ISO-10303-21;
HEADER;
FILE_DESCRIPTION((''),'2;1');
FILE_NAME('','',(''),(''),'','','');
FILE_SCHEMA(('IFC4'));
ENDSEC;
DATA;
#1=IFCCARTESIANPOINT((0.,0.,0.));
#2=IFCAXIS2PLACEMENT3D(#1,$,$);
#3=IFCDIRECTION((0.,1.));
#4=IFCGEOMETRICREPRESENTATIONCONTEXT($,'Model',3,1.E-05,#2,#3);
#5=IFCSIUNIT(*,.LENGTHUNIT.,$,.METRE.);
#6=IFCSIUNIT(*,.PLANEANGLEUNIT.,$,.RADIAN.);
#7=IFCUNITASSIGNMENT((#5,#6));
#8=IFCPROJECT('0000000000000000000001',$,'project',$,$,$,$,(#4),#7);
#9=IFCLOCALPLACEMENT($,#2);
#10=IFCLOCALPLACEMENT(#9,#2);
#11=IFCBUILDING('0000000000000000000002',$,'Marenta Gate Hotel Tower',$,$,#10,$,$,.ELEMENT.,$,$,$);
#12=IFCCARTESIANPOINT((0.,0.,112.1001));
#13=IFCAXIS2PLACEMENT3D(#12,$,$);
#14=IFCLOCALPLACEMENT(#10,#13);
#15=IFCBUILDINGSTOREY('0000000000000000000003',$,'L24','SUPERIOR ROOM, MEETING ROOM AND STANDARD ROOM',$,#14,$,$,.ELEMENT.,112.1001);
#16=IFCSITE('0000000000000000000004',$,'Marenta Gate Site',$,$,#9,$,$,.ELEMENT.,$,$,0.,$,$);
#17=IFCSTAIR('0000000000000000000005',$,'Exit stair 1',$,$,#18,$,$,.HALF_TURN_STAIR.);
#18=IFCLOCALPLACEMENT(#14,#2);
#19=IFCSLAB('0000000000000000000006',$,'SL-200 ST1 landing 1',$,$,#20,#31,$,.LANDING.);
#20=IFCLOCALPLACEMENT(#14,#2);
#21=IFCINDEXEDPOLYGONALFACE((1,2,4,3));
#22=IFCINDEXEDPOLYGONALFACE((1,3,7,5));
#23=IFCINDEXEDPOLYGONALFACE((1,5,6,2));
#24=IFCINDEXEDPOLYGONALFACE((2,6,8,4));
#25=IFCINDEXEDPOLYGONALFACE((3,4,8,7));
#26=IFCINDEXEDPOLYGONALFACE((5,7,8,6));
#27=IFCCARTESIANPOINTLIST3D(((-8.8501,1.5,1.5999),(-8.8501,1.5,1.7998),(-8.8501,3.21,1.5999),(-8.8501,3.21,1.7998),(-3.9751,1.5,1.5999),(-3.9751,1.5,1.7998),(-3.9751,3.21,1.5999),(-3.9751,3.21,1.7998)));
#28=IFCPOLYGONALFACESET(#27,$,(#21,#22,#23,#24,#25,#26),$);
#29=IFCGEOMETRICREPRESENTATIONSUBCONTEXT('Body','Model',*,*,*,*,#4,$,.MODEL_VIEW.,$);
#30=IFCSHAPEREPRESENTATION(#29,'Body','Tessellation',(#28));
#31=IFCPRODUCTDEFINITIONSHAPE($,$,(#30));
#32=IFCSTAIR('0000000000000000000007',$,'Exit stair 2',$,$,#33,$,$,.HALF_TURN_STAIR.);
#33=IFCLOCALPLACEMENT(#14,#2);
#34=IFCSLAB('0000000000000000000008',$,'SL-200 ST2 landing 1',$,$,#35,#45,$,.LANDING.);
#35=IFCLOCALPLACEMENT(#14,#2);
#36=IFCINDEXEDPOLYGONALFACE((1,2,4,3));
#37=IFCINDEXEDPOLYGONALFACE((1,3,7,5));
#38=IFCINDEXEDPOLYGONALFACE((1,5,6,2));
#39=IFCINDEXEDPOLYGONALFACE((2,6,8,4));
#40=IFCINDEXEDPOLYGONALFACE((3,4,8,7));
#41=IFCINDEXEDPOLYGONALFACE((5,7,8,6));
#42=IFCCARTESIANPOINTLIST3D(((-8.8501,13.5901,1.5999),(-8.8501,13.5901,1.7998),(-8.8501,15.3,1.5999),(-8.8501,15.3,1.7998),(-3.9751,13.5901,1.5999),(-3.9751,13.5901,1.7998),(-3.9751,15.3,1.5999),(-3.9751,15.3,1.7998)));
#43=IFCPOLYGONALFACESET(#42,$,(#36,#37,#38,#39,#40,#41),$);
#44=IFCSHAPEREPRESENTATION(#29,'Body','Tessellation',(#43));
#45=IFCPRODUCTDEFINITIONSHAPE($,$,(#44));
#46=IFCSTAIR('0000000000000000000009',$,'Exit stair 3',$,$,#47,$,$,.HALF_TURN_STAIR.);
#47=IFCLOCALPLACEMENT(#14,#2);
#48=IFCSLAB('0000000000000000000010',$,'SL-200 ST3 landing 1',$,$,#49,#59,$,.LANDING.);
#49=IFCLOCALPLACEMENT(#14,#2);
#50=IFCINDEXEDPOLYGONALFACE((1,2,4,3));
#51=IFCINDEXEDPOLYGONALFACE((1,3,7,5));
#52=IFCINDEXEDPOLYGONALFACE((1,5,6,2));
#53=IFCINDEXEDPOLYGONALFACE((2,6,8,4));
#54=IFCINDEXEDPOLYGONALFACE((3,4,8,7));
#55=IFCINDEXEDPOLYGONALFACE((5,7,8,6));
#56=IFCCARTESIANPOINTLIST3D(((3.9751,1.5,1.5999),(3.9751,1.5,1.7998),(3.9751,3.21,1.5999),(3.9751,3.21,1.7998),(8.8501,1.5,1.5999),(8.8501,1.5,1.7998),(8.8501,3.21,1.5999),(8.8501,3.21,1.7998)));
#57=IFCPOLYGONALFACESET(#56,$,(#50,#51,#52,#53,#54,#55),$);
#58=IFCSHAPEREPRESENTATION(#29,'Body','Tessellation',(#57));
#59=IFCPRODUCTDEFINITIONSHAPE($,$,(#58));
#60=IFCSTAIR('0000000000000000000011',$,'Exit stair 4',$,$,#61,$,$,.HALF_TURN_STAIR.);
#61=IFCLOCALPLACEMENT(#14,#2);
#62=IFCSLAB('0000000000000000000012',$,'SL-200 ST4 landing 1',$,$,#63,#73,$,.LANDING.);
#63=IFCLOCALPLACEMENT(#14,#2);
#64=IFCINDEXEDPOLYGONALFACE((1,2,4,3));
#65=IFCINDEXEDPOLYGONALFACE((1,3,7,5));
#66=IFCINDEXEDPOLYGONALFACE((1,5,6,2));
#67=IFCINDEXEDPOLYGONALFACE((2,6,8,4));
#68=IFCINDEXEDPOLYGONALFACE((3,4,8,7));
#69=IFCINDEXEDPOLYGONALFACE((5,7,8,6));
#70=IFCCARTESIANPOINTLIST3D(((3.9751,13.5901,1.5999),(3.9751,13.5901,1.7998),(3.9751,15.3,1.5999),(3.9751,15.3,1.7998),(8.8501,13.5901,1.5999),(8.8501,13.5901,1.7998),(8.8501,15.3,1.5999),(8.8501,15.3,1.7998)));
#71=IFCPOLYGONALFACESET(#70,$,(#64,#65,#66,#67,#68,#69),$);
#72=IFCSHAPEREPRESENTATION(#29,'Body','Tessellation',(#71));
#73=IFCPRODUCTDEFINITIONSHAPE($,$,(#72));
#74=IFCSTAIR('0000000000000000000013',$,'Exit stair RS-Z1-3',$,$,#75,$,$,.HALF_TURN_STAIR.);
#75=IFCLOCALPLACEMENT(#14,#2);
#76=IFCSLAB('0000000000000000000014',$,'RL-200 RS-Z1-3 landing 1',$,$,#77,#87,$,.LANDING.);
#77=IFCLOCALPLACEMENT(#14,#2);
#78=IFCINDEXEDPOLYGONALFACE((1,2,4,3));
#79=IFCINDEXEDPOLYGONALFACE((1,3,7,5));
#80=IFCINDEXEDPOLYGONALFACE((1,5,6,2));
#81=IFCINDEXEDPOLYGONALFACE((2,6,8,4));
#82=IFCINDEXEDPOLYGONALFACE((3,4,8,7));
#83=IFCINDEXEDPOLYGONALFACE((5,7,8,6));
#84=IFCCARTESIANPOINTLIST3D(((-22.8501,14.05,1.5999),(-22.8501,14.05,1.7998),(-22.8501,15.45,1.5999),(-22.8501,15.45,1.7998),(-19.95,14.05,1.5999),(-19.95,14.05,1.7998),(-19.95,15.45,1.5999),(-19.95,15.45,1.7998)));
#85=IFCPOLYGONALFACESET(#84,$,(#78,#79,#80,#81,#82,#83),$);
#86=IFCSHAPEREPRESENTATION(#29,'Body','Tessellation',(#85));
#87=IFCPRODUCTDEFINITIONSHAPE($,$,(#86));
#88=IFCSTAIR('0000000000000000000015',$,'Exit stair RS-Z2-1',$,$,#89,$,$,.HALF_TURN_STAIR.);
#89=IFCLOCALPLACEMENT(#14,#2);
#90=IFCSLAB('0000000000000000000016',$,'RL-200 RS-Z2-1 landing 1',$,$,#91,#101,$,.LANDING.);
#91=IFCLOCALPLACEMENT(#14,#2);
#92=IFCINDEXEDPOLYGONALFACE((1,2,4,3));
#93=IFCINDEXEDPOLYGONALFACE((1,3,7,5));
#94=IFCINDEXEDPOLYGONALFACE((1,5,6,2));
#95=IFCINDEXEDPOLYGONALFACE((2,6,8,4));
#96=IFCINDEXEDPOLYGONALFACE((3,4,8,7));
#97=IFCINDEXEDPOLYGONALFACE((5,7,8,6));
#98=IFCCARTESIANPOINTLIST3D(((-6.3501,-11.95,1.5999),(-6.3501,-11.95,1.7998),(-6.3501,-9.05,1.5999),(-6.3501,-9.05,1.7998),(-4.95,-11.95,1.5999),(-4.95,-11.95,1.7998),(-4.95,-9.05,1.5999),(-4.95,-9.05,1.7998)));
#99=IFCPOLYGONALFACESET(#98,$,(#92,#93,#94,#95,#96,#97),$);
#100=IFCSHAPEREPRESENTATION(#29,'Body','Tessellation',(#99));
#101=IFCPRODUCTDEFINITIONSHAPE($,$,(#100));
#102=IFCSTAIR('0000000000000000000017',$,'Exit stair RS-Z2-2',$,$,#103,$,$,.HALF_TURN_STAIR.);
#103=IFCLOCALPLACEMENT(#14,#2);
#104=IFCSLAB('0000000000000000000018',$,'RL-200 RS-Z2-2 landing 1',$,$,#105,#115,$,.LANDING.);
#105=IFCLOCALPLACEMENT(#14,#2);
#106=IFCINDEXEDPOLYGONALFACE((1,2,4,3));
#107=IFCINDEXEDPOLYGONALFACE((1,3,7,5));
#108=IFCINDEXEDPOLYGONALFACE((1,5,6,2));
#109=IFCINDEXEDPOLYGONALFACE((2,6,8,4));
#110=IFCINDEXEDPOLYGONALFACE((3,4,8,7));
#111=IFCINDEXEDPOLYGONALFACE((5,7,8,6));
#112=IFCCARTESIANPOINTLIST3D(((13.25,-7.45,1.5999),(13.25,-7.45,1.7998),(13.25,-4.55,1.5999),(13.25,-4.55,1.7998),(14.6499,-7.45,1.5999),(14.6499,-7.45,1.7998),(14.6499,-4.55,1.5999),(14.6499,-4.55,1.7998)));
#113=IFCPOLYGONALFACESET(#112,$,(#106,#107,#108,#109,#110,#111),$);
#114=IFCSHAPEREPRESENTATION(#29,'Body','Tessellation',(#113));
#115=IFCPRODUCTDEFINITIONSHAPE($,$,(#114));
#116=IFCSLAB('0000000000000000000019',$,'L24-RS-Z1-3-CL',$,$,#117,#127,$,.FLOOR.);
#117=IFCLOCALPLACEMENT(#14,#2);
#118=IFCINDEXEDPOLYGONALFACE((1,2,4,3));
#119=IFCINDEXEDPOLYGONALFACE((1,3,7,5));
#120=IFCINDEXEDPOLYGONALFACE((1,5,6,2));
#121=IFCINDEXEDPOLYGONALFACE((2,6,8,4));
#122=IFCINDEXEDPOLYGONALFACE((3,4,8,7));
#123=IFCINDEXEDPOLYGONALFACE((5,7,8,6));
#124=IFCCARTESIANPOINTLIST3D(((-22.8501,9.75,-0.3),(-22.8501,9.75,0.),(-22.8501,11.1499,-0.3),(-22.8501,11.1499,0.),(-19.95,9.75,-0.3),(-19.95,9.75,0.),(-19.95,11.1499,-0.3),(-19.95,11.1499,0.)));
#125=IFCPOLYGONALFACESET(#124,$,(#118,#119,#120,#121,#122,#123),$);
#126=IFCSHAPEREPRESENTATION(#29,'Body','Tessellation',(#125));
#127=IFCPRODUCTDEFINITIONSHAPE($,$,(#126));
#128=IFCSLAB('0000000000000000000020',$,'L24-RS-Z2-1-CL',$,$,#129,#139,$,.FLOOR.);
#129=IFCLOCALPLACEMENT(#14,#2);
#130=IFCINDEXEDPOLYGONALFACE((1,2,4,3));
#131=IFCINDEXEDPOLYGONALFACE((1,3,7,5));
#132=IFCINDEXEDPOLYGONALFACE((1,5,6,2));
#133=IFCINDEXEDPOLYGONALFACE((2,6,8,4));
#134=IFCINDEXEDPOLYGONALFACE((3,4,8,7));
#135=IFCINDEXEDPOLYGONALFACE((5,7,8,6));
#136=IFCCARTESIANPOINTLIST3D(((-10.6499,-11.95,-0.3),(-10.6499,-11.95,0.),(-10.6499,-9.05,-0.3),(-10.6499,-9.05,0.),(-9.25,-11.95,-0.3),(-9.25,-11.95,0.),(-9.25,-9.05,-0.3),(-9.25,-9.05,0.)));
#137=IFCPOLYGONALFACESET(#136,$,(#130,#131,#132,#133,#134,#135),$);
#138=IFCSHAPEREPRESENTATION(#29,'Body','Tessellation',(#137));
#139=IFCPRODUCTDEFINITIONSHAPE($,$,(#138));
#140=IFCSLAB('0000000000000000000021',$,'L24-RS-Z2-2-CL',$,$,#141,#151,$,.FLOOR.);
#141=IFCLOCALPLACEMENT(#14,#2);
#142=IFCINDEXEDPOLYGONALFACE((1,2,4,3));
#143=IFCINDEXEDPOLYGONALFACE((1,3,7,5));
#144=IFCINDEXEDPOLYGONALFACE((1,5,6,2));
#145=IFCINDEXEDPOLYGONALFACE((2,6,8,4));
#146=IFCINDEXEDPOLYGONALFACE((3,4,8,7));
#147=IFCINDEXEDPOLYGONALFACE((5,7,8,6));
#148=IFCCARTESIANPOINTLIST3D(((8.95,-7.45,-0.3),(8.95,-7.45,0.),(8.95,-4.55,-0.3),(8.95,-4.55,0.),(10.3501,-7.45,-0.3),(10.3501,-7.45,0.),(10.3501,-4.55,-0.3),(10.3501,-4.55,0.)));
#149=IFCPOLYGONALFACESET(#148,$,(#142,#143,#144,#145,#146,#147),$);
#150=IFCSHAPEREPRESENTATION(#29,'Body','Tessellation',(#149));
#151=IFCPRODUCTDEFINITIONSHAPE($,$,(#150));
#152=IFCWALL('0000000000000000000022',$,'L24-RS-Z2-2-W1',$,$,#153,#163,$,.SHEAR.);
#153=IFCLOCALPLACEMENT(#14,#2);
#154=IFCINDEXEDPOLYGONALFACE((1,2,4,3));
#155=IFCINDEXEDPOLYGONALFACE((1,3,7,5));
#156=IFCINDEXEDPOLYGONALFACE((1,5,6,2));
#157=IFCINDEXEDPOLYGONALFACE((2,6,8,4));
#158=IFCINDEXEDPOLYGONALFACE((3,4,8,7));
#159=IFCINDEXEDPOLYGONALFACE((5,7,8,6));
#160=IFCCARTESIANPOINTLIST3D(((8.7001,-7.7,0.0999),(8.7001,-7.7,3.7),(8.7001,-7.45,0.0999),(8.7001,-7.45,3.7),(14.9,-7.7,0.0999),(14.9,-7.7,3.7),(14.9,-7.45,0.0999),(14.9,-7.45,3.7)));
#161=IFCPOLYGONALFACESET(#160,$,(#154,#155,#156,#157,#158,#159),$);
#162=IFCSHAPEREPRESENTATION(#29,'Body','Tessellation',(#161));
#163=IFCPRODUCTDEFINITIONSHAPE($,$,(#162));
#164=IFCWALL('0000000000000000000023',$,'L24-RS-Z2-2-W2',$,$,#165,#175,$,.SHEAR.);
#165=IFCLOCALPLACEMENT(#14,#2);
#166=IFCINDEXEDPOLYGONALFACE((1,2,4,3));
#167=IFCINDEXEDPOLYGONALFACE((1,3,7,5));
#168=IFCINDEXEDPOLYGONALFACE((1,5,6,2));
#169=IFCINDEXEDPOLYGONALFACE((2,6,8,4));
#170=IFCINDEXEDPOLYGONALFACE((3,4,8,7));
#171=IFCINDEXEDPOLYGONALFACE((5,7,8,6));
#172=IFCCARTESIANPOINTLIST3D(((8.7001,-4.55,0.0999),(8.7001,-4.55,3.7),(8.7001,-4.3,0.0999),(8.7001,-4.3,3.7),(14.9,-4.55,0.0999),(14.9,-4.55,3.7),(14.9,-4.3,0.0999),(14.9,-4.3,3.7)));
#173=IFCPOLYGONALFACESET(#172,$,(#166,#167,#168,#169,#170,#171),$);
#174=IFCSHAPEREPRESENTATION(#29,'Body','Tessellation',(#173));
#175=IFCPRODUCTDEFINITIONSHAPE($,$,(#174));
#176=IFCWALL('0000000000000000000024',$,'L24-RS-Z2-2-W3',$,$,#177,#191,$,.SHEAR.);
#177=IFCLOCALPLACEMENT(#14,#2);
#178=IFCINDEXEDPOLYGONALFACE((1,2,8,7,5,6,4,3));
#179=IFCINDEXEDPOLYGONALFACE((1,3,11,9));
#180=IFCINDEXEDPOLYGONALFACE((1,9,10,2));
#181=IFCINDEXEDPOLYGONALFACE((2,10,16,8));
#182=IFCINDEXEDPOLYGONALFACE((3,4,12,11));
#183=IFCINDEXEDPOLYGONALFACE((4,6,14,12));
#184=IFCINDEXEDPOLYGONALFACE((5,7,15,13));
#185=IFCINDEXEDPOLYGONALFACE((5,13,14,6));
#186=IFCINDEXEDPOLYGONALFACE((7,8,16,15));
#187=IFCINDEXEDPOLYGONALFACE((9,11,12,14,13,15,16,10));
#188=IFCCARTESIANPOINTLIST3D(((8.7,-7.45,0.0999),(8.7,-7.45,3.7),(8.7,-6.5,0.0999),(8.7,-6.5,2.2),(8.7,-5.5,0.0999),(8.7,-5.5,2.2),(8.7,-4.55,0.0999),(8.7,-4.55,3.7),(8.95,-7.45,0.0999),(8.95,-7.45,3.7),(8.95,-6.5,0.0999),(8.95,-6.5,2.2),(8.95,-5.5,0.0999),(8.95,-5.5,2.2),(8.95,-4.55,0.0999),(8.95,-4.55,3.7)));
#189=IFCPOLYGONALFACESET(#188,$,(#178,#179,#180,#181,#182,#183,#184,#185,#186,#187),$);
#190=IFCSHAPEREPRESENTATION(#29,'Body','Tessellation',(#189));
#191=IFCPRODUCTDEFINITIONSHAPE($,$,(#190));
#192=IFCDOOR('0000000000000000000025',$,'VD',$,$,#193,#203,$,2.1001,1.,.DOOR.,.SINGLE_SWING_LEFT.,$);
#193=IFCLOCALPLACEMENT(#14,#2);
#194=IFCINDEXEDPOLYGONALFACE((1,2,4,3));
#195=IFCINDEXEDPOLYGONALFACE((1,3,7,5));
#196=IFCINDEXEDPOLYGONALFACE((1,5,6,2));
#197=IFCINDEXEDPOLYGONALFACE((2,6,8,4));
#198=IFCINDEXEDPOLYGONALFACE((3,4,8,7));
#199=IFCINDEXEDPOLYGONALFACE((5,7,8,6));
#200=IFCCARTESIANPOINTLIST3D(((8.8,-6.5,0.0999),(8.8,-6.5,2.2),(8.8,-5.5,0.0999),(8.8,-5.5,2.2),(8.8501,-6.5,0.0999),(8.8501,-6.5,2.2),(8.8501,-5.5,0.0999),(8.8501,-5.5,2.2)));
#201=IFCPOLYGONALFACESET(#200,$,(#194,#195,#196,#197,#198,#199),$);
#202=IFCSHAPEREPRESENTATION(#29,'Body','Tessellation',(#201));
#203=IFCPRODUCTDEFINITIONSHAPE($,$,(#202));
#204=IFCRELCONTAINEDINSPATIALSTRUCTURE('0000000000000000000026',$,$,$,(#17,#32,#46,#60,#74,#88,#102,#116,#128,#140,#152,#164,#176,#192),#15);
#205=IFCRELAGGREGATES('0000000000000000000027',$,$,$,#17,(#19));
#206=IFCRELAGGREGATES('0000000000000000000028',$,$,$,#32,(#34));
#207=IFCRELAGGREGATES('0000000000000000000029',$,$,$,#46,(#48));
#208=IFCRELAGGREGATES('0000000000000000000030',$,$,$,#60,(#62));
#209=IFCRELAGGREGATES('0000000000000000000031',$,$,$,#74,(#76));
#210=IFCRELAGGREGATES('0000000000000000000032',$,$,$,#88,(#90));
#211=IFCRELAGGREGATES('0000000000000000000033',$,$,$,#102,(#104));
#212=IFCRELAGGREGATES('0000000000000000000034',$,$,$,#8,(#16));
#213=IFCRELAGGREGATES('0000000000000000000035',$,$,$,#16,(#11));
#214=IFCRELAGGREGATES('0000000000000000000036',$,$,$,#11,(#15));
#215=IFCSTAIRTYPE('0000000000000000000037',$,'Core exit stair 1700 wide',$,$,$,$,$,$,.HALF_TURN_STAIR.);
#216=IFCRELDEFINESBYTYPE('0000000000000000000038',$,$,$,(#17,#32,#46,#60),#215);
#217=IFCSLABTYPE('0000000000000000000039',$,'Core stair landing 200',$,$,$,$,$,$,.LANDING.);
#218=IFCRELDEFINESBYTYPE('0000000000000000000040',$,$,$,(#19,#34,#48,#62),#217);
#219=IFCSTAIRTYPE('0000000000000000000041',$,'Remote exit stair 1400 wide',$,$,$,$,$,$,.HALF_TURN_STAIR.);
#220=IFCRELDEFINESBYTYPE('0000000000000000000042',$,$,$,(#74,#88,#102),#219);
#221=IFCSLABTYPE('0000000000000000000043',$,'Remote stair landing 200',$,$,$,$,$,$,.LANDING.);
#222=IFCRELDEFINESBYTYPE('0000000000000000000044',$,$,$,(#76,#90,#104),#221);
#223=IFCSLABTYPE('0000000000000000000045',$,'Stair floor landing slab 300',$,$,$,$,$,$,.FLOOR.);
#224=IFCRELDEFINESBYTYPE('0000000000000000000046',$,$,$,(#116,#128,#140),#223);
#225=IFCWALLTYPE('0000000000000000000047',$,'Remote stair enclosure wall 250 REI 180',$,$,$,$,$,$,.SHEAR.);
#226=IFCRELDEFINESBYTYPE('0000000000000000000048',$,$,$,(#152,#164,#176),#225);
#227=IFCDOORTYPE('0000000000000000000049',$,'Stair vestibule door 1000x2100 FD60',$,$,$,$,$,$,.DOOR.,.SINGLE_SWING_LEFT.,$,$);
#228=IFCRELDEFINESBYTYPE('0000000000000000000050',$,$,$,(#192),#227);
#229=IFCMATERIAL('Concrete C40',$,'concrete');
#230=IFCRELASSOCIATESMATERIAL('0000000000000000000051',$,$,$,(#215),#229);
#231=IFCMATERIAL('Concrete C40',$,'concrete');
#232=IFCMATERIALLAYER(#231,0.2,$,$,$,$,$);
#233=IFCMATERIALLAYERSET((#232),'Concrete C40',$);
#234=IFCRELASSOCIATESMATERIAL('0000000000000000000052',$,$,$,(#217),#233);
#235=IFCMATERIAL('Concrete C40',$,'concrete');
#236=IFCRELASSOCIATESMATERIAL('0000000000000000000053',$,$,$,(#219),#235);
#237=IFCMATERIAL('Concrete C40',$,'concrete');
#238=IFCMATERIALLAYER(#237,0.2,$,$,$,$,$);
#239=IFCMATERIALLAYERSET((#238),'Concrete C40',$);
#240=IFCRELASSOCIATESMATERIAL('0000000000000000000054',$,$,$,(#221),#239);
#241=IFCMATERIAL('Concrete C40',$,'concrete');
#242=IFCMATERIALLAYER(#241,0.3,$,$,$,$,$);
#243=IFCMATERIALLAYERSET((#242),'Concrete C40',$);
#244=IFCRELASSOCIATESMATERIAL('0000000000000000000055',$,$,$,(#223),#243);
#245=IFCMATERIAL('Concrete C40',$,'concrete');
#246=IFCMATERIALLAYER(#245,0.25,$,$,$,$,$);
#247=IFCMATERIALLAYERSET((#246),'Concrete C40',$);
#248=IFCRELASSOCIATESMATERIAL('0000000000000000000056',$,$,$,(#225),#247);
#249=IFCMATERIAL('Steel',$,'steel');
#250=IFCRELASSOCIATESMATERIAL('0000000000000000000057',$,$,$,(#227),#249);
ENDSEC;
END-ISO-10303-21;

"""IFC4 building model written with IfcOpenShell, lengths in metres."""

from ifc_helpers import new_model, si_unit, direction, frame, frame_2d, origin, place, context, subcontext, project, spatial, polyline, rectangle, outline, extrude, material, layer, layer_set, type_object, element, fill, aggregate, save


model = new_model("IFC4")

# Units and contexts
model_context = context("Model", 3, precision=1e-05, world=origin(), true_north=direction((0.0, 1.0)))
body_context = subcontext(model_context, "Body", "Model", "MODEL_VIEW")
ifc_project = project(units=[si_unit("LENGTHUNIT", "METRE"), si_unit("PLANEANGLEUNIT", "RADIAN")], contexts=[model_context])

# Site, building, storey
site_placement = place(None, origin())
site = spatial("IfcSite", under=ifc_project, at=site_placement, Name="Marenta Gate Site", CompositionType="ELEMENT", RefElevation=0.0)
building_placement = place(site_placement, origin())
building = spatial("IfcBuilding", under=site, at=building_placement, Name="Marenta Gate Hotel Tower", CompositionType="ELEMENT")
storey_placement = place(building_placement, frame((0.0, 0.0, 112.1001)))
storey = spatial("IfcBuildingStorey", under=building, at=storey_placement, Name="L24", Description="SUPERIOR ROOM, MEETING ROOM AND STANDARD ROOM", CompositionType="ELEMENT", Elevation=112.1001)

# Stairs, slabs
ifc_material_1 = material(Name="Concrete C40", Category="concrete")
stair_type_1 = type_object("IfcStairType", Name="Core exit stair 1700 wide", PredefinedType="HALF_TURN_STAIR", material=ifc_material_1)
stair_1_placement = place(storey_placement, origin())
stair_1 = element("IfcStair", 1, at=stair_1_placement, inside=storey, type_object=stair_type_1, Name="Exit stair 1", PredefinedType="HALF_TURN_STAIR")
ifc_material_2 = material(Name="Concrete C40", Category="concrete")
ifc_layer_1 = layer(ifc_material_2, 0.2)
ifc_layer_set_1 = layer_set([ifc_layer_1], Name="Concrete C40")
slab_type_1 = type_object("IfcSlabType", Name="Core stair landing 200", PredefinedType="LANDING", material=ifc_layer_set_1)
slab_1_placement = place(storey_placement, frame((0.0, 0.0, 1.5999)))
slab_1 = element("IfcSlab", 2, at=slab_1_placement, type_object=slab_type_1, Name="SL-200 ST1 landing 1", PredefinedType="LANDING", context=body_context, shape_type="SweptSolid", body=[
    extrude(outline(polyline([(-8.8501, 1.5), (-3.9751, 1.5), (-3.9751, 3.21), (-8.8501, 3.21), (-8.8501, 1.5)])), origin(), (0.0, 0.0, 1.0), 0.2),
])
aggregate(stair_1, [slab_1])
stair_2_placement = place(storey_placement, origin())
stair_2 = element("IfcStair", 3, at=stair_2_placement, inside=storey, type_object=stair_type_1, Name="Exit stair 2", PredefinedType="HALF_TURN_STAIR")
slab_2_placement = place(storey_placement, frame((0.0, 0.0, 1.5999)))
slab_2 = element("IfcSlab", 4, at=slab_2_placement, type_object=slab_type_1, Name="SL-200 ST2 landing 1", PredefinedType="LANDING", context=body_context, shape_type="SweptSolid", body=[
    extrude(outline(polyline([(-8.8501, 13.5901), (-3.9751, 13.5901), (-3.9751, 15.3), (-8.8501, 15.3), (-8.8501, 13.5901)])), origin(), (0.0, 0.0, 1.0), 0.2),
])
aggregate(stair_2, [slab_2])
stair_3_placement = place(storey_placement, origin())
stair_3 = element("IfcStair", 5, at=stair_3_placement, inside=storey, type_object=stair_type_1, Name="Exit stair 3", PredefinedType="HALF_TURN_STAIR")
slab_3_placement = place(storey_placement, frame((0.0, 0.0, 1.5999)))
slab_3 = element("IfcSlab", 6, at=slab_3_placement, type_object=slab_type_1, Name="SL-200 ST3 landing 1", PredefinedType="LANDING", context=body_context, shape_type="SweptSolid", body=[
    extrude(outline(polyline([(3.9751, 1.5), (8.8501, 1.5), (8.8501, 3.21), (3.9751, 3.21), (3.9751, 1.5)])), origin(), (0.0, 0.0, 1.0), 0.2),
])
aggregate(stair_3, [slab_3])
stair_4_placement = place(storey_placement, origin())
stair_4 = element("IfcStair", 7, at=stair_4_placement, inside=storey, type_object=stair_type_1, Name="Exit stair 4", PredefinedType="HALF_TURN_STAIR")
slab_4_placement = place(storey_placement, frame((0.0, 0.0, 1.5999)))
slab_4 = element("IfcSlab", 8, at=slab_4_placement, type_object=slab_type_1, Name="SL-200 ST4 landing 1", PredefinedType="LANDING", context=body_context, shape_type="SweptSolid", body=[
    extrude(outline(polyline([(3.9751, 13.5901), (8.8501, 13.5901), (8.8501, 15.3), (3.9751, 15.3), (3.9751, 13.5901)])), origin(), (0.0, 0.0, 1.0), 0.2),
])
aggregate(stair_4, [slab_4])
ifc_material_3 = material(Name="Concrete C40", Category="concrete")
stair_type_2 = type_object("IfcStairType", Name="Remote exit stair 1400 wide", PredefinedType="HALF_TURN_STAIR", material=ifc_material_3)
stair_5_placement = place(storey_placement, origin())
stair_5 = element("IfcStair", 9, at=stair_5_placement, inside=storey, type_object=stair_type_2, Name="Exit stair RS-Z1-3", PredefinedType="HALF_TURN_STAIR")
ifc_material_4 = material(Name="Concrete C40", Category="concrete")
ifc_layer_2 = layer(ifc_material_4, 0.2)
ifc_layer_set_2 = layer_set([ifc_layer_2], Name="Concrete C40")
slab_type_2 = type_object("IfcSlabType", Name="Remote stair landing 200", PredefinedType="LANDING", material=ifc_layer_set_2)
slab_5_placement = place(storey_placement, frame((0.0, 0.0, 1.5999)))
slab_5 = element("IfcSlab", 10, at=slab_5_placement, type_object=slab_type_2, Name="RL-200 RS-Z1-3 landing 1", PredefinedType="LANDING", context=body_context, shape_type="SweptSolid", body=[
    extrude(outline(polyline([(-22.8501, 14.05), (-19.95, 14.05), (-19.95, 15.45), (-22.8501, 15.45), (-22.8501, 14.05)])), origin(), (0.0, 0.0, 1.0), 0.2),
])
aggregate(stair_5, [slab_5])
stair_6_placement = place(storey_placement, origin())
stair_6 = element("IfcStair", 11, at=stair_6_placement, inside=storey, type_object=stair_type_2, Name="Exit stair RS-Z2-1", PredefinedType="HALF_TURN_STAIR")
slab_6_placement = place(storey_placement, frame((0.0, 0.0, 1.5999)))
slab_6 = element("IfcSlab", 12, at=slab_6_placement, type_object=slab_type_2, Name="RL-200 RS-Z2-1 landing 1", PredefinedType="LANDING", context=body_context, shape_type="SweptSolid", body=[
    extrude(outline(polyline([(-6.3501, -11.95), (-4.95, -11.95), (-4.95, -9.05), (-6.3501, -9.05), (-6.3501, -11.95)])), origin(), (0.0, 0.0, 1.0), 0.2),
])
aggregate(stair_6, [slab_6])
stair_7_placement = place(storey_placement, origin())
stair_7 = element("IfcStair", 13, at=stair_7_placement, inside=storey, type_object=stair_type_2, Name="Exit stair RS-Z2-2", PredefinedType="HALF_TURN_STAIR")
slab_7_placement = place(storey_placement, frame((0.0, 0.0, 1.5999)))
slab_7 = element("IfcSlab", 14, at=slab_7_placement, type_object=slab_type_2, Name="RL-200 RS-Z2-2 landing 1", PredefinedType="LANDING", context=body_context, shape_type="SweptSolid", body=[
    extrude(outline(polyline([(13.25, -7.45), (14.6499, -7.45), (14.6499, -4.55), (13.25, -4.55), (13.25, -7.45)])), origin(), (0.0, 0.0, 1.0), 0.2),
])

# Slabs
ifc_material_5 = material(Name="Concrete C40", Category="concrete")
ifc_layer_3 = layer(ifc_material_5, 0.3)
ifc_layer_set_3 = layer_set([ifc_layer_3], Name="Concrete C40")
slab_type_3 = type_object("IfcSlabType", Name="Stair floor landing slab 300", PredefinedType="FLOOR", material=ifc_layer_set_3)
slab_8_placement = place(storey_placement, frame((0.0, 0.0, -0.3)))
element("IfcSlab", 15, at=slab_8_placement, inside=storey, type_object=slab_type_3, Name="L24-RS-Z1-3-CL", PredefinedType="FLOOR", context=body_context, shape_type="SweptSolid", body=[
    extrude(outline(polyline([(-19.95, 9.75), (-19.95, 11.1499), (-22.8501, 11.1499), (-22.8501, 9.75), (-19.95, 9.75)])), origin(), (0.0, 0.0, 1.0), 0.3),
])
slab_9_placement = place(storey_placement, frame((0.0, 0.0, -0.3)))
element("IfcSlab", 16, at=slab_9_placement, inside=storey, type_object=slab_type_3, Name="L24-RS-Z2-1-CL", PredefinedType="FLOOR", context=body_context, shape_type="SweptSolid", body=[
    extrude(outline(polyline([(-9.25, -11.95), (-9.25, -9.05), (-10.6499, -9.05), (-10.6499, -11.95), (-9.25, -11.95)])), origin(), (0.0, 0.0, 1.0), 0.3),
])
slab_10_placement = place(storey_placement, frame((0.0, 0.0, -0.3)))
element("IfcSlab", 17, at=slab_10_placement, inside=storey, type_object=slab_type_3, Name="L24-RS-Z2-2-CL", PredefinedType="FLOOR", context=body_context, shape_type="SweptSolid", body=[
    extrude(outline(polyline([(10.3501, -7.45), (10.3501, -4.55), (8.95, -4.55), (8.95, -7.45), (10.3501, -7.45)])), origin(), (0.0, 0.0, 1.0), 0.3),
])

# Walls
ifc_material_6 = material(Name="Concrete C40", Category="concrete")
ifc_layer_4 = layer(ifc_material_6, 0.25)
ifc_layer_set_4 = layer_set([ifc_layer_4], Name="Concrete C40")
wall_type_1 = type_object("IfcWallType", Name="Remote stair enclosure wall 250 REI 180", PredefinedType="SHEAR", material=ifc_layer_set_4)
for number, where, z_axis, x_axis, name in (
    (18, (8.7, -7.575, 0.0999), (0.0, 0.0, 1.0), (1.0, 0.0, 0.0), "L24-RS-Z2-2-W1"),
    (19, (8.7, -4.425, 0.0999), (0.0, 0.0, 1.0), (1.0, 0.0, 0.0), "L24-RS-Z2-2-W2"),
):
    element("IfcWall", number, at=place(storey_placement, frame(where, z_axis=z_axis, x_axis=x_axis)), inside=storey, type_object=wall_type_1, Name=name, PredefinedType="SHEAR", context=body_context, shape_type="SweptSolid", body=[
        extrude(rectangle(XDim=6.2, YDim=0.25, at=frame_2d((3.1001, 0.0))), origin(), (0.0, 0.0, 1.0), 3.6001),
    ])

# Wall, opening, door
wall_1_placement = place(storey_placement, frame((8.825, -7.45, 0.0999), z_axis=(0.0, 0.0, 1.0), x_axis=(0.0, 1.0, 0.0)))
wall_1 = element("IfcWall", 20, at=wall_1_placement, inside=storey, type_object=wall_type_1, Name="L24-RS-Z2-2-W3", PredefinedType="SHEAR", context=body_context, shape_type="SweptSolid", body=[
    extrude(rectangle(XDim=2.8999, YDim=0.25, at=frame_2d((1.45, 0.0))), origin(), (0.0, 0.0, 1.0), 3.6001),
])
opening_1_placement = place(wall_1_placement, frame((0.95, 0.0, 0.0)))
opening_1 = element("IfcOpeningElement", 21, at=opening_1_placement, cuts=wall_1, PredefinedType="OPENING", context=body_context, shape_type="SweptSolid", body=[
    extrude(rectangle(XDim=1.0, YDim=2.1001, at=frame_2d((0.5, 1.05))), frame((0.0, 0.125, 0.0), z_axis=(0.0, -1.0, 0.0), x_axis=(1.0, 0.0, 0.0)), (0.0, 0.0, 1.0), 0.25),
])
ifc_material_7 = material(Name="Steel", Category="steel")
door_type_1 = type_object("IfcDoorType", Name="Stair vestibule door 1000x2100 FD60", OperationType="SINGLE_SWING_LEFT", PredefinedType="DOOR", material=ifc_material_7)
door_1_placement = place(opening_1_placement, origin())
door_1 = element("IfcDoor", 22, at=door_1_placement, inside=storey, type_object=door_type_1, Name="VD", OperationType="SINGLE_SWING_LEFT", OverallHeight=2.1001, OverallWidth=1.0, PredefinedType="DOOR", context=body_context, shape_type="SweptSolid", body=[
    extrude(rectangle(XDim=1.0, YDim=2.1001, at=frame_2d((0.5, 1.05))), frame((0.0, 0.0249, 0.0), z_axis=(0.0, -1.0, 0.0), x_axis=(1.0, 0.0, 0.0)), (0.0, 0.0, 1.0), 0.05),
])
fill(opening_1, door_1)

aggregate(stair_7, [slab_7])

save(model, "model.ifc")
